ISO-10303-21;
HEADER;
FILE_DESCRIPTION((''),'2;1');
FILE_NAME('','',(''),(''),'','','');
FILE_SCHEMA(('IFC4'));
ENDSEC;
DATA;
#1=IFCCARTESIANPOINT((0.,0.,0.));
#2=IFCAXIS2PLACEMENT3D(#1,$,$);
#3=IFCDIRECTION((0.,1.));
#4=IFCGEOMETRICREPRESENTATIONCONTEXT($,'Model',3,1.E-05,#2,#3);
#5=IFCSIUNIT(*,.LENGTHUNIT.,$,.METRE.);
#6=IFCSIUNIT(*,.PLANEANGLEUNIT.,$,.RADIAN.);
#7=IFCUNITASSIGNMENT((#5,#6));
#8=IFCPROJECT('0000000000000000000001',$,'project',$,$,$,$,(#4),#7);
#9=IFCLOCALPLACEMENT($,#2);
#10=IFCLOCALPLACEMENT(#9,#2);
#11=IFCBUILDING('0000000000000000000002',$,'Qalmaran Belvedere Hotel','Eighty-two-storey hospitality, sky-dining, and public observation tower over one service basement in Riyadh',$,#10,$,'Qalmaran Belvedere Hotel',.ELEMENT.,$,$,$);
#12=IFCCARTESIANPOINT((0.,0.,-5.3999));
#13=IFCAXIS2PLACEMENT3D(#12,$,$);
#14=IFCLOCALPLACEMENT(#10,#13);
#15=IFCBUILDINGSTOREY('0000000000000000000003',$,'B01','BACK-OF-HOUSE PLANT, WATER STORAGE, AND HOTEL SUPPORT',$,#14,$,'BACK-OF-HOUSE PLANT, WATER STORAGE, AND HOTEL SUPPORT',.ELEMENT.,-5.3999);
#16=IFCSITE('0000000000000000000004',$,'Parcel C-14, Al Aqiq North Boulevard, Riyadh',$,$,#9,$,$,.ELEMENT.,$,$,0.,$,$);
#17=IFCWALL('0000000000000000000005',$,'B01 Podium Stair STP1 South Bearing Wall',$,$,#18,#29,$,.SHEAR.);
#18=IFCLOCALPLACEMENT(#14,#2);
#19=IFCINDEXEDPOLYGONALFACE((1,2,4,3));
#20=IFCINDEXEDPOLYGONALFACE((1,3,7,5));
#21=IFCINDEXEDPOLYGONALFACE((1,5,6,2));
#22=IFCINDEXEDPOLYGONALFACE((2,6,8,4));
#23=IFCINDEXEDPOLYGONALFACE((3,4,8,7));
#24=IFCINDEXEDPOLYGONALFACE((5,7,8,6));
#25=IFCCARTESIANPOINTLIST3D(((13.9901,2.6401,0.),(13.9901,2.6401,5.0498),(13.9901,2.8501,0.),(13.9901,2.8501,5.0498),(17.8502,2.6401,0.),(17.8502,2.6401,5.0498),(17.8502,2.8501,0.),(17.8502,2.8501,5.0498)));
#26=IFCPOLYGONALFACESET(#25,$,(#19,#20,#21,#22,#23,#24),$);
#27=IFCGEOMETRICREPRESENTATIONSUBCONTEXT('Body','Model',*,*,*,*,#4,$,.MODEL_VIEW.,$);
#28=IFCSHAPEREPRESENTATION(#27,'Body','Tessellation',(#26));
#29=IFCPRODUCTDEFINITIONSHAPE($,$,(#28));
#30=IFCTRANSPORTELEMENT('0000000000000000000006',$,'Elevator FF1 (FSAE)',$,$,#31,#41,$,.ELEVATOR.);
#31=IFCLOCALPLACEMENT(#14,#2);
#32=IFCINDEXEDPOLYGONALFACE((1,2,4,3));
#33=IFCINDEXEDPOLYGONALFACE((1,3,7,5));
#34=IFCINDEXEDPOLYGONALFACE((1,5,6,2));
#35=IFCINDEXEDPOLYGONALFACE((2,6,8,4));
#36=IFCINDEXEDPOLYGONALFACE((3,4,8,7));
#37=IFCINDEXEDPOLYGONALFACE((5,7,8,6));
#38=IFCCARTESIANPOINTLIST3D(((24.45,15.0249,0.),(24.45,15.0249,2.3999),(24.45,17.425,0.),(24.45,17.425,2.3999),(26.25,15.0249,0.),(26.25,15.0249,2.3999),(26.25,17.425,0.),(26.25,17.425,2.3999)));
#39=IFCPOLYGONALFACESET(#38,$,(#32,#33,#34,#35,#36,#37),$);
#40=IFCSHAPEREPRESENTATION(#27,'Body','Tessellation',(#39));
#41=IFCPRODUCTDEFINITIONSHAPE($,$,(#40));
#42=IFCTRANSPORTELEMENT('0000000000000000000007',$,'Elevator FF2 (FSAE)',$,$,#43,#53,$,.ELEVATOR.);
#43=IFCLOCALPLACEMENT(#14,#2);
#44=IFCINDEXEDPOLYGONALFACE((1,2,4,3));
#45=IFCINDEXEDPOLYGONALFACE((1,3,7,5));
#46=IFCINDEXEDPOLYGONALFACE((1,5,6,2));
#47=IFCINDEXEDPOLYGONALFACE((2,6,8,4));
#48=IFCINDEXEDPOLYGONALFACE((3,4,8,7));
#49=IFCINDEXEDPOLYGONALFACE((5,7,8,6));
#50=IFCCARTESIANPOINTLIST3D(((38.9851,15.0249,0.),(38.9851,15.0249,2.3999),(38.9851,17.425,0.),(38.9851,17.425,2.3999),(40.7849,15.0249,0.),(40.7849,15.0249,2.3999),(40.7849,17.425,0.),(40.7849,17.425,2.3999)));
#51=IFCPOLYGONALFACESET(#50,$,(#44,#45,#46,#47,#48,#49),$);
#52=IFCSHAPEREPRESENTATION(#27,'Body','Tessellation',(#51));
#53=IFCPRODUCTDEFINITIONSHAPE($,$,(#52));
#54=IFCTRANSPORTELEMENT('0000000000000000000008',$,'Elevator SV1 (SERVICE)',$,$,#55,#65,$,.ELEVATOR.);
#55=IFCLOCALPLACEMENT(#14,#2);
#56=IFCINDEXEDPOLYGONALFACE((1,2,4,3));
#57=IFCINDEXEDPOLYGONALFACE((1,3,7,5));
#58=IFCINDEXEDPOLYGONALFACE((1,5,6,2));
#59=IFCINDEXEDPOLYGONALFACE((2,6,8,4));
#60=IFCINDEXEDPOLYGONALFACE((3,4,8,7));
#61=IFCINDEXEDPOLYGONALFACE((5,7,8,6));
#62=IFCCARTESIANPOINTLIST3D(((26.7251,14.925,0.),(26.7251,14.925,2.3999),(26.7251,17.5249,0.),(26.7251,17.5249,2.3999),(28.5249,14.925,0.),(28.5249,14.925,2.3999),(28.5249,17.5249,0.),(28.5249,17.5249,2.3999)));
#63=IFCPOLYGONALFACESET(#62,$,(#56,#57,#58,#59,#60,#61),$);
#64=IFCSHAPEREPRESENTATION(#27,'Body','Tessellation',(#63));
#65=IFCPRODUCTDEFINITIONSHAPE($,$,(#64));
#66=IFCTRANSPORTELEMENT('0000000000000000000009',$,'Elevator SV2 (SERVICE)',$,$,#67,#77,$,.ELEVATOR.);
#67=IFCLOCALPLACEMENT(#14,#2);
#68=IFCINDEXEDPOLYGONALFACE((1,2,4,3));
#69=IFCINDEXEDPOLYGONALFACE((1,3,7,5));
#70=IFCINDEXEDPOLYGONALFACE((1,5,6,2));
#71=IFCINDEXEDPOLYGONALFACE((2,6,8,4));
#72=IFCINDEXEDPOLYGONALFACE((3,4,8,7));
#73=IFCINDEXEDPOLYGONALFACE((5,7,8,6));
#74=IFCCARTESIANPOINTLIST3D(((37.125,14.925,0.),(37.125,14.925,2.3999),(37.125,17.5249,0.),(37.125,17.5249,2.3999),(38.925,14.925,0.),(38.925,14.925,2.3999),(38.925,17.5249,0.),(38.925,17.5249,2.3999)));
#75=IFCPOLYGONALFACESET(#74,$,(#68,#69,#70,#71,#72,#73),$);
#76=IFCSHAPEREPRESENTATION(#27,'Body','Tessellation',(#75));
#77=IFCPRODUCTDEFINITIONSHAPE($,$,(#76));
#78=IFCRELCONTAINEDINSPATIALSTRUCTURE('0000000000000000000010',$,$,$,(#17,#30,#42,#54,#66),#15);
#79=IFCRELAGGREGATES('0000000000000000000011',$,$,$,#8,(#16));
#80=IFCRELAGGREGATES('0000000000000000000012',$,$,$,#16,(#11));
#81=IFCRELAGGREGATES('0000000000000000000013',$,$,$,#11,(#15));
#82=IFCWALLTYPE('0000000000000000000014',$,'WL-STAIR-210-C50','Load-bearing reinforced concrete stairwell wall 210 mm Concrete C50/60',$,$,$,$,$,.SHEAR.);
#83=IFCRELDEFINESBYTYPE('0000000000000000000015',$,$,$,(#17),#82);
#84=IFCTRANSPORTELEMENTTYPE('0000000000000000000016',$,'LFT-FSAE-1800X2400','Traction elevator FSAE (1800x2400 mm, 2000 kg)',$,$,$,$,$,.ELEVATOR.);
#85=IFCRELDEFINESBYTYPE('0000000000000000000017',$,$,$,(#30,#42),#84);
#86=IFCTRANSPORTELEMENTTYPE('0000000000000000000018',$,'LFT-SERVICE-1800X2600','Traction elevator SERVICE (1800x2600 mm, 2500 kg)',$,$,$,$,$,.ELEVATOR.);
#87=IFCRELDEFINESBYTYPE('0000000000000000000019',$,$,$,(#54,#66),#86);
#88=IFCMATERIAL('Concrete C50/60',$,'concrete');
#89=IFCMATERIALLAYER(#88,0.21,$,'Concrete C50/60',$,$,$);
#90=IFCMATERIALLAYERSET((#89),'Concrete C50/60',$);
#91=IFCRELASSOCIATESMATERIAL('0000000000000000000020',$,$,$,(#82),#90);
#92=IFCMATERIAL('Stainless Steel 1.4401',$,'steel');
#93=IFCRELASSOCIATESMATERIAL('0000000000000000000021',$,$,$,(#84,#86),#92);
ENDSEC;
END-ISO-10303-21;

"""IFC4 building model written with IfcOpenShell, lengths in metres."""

from ifc_helpers import new_model, si_unit, direction, frame, frame_2d, origin, place, context, subcontext, project, spatial, polyline, rectangle, outline, extrude, material, layer, layer_set, type_object, element, save


model = new_model("IFC4")

# Units and contexts
model_context = context("Model", 3, precision=1e-05, world=origin(), true_north=direction((0.0, 1.0)))
body_context = subcontext(model_context, "Body", "Model", "MODEL_VIEW")
ifc_project = project(units=[si_unit("LENGTHUNIT", "METRE"), si_unit("PLANEANGLEUNIT", "RADIAN")], contexts=[model_context])

# Site, building, storey
site_placement = place(None, origin())
site = spatial("IfcSite", under=ifc_project, at=site_placement, Name="Parcel C-14, Al Aqiq North Boulevard, Riyadh", CompositionType="ELEMENT", RefElevation=0.0)
building_placement = place(site_placement, origin())
building = spatial("IfcBuilding", under=site, at=building_placement, Name="Qalmaran Belvedere Hotel", Description="Eighty-two-storey hospitality, sky-dining, and public observation tower over one service basement in Riyadh", LongName="Qalmaran Belvedere Hotel", CompositionType="ELEMENT")
storey_placement = place(building_placement, frame((0.0, 0.0, -5.3999)))
storey = spatial("IfcBuildingStorey", under=building, at=storey_placement, Name="B01", Description="BACK-OF-HOUSE PLANT, WATER STORAGE, AND HOTEL SUPPORT", LongName="BACK-OF-HOUSE PLANT, WATER STORAGE, AND HOTEL SUPPORT", CompositionType="ELEMENT", Elevation=-5.3999)

# Shared definitions
ifc_material_1 = material(Name="Concrete C50/60", Category="concrete")

# Wall
ifc_layer_1 = layer(ifc_material_1, 0.21, Name="Concrete C50/60")
ifc_layer_set_1 = layer_set([ifc_layer_1], Name="Concrete C50/60")
wall_type = type_object("IfcWallType", Name="WL-STAIR-210-C50", Description="Load-bearing reinforced concrete stairwell wall 210 mm Concrete C50/60", PredefinedType="SHEAR", material=ifc_layer_set_1)
wall_placement = place(storey_placement, frame((13.99, 2.7451, 0.0), z_axis=(0.0, 0.0, 1.0), x_axis=(1.0, 0.0, 0.0)))
element("IfcWall", 1, at=wall_placement, inside=storey, type_object=wall_type, Name="B01 Podium Stair STP1 South Bearing Wall", PredefinedType="SHEAR", context=body_context, shape_type="SweptSolid", body=[
    extrude(rectangle(XDim=3.8601, YDim=0.21, at=frame_2d((1.9302, 0.0))), origin(), (0.0, 0.0, 1.0), 5.0498),
])

# Transport elements
ifc_material_2 = material(Name="Stainless Steel 1.4401", Category="steel")
transport_element_type_1 = type_object("IfcTransportElementType", Name="LFT-FSAE-1800X2400", Description="Traction elevator FSAE (1800x2400 mm, 2000 kg)", PredefinedType="ELEVATOR", material=ifc_material_2)
transport_element_1_placement = place(storey_placement, origin())
element("IfcTransportElement", 2, at=transport_element_1_placement, inside=storey, type_object=transport_element_type_1, Name="Elevator FF1 (FSAE)", PredefinedType="ELEVATOR", context=body_context, shape_type="SweptSolid", body=[
    extrude(outline(polyline([(24.45, 15.0249), (26.25, 15.0249), (26.25, 17.425), (24.45, 17.425), (24.45, 15.0249)])), origin(), (0.0, 0.0, 1.0), 2.3999),
])
transport_element_2_placement = place(storey_placement, origin())
element("IfcTransportElement", 3, at=transport_element_2_placement, inside=storey, type_object=transport_element_type_1, Name="Elevator FF2 (FSAE)", PredefinedType="ELEVATOR", context=body_context, shape_type="SweptSolid", body=[
    extrude(outline(polyline([(38.9851, 15.0249), (40.7849, 15.0249), (40.7849, 17.425), (38.9851, 17.425), (38.9851, 15.0249)])), origin(), (0.0, 0.0, 1.0), 2.3999),
])
transport_element_type_2 = type_object("IfcTransportElementType", Name="LFT-SERVICE-1800X2600", Description="Traction elevator SERVICE (1800x2600 mm, 2500 kg)", PredefinedType="ELEVATOR", material=ifc_material_2)
transport_element_3_placement = place(storey_placement, origin())
element("IfcTransportElement", 4, at=transport_element_3_placement, inside=storey, type_object=transport_element_type_2, Name="Elevator SV1 (SERVICE)", PredefinedType="ELEVATOR", context=body_context, shape_type="SweptSolid", body=[
    extrude(outline(polyline([(26.7251, 14.925), (28.5249, 14.925), (28.5249, 17.5249), (26.7251, 17.5249), (26.7251, 14.925)])), origin(), (0.0, 0.0, 1.0), 2.3999),
])
transport_element_4_placement = place(storey_placement, origin())
element("IfcTransportElement", 5, at=transport_element_4_placement, inside=storey, type_object=transport_element_type_2, Name="Elevator SV2 (SERVICE)", PredefinedType="ELEVATOR", context=body_context, shape_type="SweptSolid", body=[
    extrude(outline(polyline([(37.125, 14.925), (38.925, 14.925), (38.925, 17.5249), (37.125, 17.5249), (37.125, 14.925)])), origin(), (0.0, 0.0, 1.0), 2.3999),
])

save(model, "model.ifc")
